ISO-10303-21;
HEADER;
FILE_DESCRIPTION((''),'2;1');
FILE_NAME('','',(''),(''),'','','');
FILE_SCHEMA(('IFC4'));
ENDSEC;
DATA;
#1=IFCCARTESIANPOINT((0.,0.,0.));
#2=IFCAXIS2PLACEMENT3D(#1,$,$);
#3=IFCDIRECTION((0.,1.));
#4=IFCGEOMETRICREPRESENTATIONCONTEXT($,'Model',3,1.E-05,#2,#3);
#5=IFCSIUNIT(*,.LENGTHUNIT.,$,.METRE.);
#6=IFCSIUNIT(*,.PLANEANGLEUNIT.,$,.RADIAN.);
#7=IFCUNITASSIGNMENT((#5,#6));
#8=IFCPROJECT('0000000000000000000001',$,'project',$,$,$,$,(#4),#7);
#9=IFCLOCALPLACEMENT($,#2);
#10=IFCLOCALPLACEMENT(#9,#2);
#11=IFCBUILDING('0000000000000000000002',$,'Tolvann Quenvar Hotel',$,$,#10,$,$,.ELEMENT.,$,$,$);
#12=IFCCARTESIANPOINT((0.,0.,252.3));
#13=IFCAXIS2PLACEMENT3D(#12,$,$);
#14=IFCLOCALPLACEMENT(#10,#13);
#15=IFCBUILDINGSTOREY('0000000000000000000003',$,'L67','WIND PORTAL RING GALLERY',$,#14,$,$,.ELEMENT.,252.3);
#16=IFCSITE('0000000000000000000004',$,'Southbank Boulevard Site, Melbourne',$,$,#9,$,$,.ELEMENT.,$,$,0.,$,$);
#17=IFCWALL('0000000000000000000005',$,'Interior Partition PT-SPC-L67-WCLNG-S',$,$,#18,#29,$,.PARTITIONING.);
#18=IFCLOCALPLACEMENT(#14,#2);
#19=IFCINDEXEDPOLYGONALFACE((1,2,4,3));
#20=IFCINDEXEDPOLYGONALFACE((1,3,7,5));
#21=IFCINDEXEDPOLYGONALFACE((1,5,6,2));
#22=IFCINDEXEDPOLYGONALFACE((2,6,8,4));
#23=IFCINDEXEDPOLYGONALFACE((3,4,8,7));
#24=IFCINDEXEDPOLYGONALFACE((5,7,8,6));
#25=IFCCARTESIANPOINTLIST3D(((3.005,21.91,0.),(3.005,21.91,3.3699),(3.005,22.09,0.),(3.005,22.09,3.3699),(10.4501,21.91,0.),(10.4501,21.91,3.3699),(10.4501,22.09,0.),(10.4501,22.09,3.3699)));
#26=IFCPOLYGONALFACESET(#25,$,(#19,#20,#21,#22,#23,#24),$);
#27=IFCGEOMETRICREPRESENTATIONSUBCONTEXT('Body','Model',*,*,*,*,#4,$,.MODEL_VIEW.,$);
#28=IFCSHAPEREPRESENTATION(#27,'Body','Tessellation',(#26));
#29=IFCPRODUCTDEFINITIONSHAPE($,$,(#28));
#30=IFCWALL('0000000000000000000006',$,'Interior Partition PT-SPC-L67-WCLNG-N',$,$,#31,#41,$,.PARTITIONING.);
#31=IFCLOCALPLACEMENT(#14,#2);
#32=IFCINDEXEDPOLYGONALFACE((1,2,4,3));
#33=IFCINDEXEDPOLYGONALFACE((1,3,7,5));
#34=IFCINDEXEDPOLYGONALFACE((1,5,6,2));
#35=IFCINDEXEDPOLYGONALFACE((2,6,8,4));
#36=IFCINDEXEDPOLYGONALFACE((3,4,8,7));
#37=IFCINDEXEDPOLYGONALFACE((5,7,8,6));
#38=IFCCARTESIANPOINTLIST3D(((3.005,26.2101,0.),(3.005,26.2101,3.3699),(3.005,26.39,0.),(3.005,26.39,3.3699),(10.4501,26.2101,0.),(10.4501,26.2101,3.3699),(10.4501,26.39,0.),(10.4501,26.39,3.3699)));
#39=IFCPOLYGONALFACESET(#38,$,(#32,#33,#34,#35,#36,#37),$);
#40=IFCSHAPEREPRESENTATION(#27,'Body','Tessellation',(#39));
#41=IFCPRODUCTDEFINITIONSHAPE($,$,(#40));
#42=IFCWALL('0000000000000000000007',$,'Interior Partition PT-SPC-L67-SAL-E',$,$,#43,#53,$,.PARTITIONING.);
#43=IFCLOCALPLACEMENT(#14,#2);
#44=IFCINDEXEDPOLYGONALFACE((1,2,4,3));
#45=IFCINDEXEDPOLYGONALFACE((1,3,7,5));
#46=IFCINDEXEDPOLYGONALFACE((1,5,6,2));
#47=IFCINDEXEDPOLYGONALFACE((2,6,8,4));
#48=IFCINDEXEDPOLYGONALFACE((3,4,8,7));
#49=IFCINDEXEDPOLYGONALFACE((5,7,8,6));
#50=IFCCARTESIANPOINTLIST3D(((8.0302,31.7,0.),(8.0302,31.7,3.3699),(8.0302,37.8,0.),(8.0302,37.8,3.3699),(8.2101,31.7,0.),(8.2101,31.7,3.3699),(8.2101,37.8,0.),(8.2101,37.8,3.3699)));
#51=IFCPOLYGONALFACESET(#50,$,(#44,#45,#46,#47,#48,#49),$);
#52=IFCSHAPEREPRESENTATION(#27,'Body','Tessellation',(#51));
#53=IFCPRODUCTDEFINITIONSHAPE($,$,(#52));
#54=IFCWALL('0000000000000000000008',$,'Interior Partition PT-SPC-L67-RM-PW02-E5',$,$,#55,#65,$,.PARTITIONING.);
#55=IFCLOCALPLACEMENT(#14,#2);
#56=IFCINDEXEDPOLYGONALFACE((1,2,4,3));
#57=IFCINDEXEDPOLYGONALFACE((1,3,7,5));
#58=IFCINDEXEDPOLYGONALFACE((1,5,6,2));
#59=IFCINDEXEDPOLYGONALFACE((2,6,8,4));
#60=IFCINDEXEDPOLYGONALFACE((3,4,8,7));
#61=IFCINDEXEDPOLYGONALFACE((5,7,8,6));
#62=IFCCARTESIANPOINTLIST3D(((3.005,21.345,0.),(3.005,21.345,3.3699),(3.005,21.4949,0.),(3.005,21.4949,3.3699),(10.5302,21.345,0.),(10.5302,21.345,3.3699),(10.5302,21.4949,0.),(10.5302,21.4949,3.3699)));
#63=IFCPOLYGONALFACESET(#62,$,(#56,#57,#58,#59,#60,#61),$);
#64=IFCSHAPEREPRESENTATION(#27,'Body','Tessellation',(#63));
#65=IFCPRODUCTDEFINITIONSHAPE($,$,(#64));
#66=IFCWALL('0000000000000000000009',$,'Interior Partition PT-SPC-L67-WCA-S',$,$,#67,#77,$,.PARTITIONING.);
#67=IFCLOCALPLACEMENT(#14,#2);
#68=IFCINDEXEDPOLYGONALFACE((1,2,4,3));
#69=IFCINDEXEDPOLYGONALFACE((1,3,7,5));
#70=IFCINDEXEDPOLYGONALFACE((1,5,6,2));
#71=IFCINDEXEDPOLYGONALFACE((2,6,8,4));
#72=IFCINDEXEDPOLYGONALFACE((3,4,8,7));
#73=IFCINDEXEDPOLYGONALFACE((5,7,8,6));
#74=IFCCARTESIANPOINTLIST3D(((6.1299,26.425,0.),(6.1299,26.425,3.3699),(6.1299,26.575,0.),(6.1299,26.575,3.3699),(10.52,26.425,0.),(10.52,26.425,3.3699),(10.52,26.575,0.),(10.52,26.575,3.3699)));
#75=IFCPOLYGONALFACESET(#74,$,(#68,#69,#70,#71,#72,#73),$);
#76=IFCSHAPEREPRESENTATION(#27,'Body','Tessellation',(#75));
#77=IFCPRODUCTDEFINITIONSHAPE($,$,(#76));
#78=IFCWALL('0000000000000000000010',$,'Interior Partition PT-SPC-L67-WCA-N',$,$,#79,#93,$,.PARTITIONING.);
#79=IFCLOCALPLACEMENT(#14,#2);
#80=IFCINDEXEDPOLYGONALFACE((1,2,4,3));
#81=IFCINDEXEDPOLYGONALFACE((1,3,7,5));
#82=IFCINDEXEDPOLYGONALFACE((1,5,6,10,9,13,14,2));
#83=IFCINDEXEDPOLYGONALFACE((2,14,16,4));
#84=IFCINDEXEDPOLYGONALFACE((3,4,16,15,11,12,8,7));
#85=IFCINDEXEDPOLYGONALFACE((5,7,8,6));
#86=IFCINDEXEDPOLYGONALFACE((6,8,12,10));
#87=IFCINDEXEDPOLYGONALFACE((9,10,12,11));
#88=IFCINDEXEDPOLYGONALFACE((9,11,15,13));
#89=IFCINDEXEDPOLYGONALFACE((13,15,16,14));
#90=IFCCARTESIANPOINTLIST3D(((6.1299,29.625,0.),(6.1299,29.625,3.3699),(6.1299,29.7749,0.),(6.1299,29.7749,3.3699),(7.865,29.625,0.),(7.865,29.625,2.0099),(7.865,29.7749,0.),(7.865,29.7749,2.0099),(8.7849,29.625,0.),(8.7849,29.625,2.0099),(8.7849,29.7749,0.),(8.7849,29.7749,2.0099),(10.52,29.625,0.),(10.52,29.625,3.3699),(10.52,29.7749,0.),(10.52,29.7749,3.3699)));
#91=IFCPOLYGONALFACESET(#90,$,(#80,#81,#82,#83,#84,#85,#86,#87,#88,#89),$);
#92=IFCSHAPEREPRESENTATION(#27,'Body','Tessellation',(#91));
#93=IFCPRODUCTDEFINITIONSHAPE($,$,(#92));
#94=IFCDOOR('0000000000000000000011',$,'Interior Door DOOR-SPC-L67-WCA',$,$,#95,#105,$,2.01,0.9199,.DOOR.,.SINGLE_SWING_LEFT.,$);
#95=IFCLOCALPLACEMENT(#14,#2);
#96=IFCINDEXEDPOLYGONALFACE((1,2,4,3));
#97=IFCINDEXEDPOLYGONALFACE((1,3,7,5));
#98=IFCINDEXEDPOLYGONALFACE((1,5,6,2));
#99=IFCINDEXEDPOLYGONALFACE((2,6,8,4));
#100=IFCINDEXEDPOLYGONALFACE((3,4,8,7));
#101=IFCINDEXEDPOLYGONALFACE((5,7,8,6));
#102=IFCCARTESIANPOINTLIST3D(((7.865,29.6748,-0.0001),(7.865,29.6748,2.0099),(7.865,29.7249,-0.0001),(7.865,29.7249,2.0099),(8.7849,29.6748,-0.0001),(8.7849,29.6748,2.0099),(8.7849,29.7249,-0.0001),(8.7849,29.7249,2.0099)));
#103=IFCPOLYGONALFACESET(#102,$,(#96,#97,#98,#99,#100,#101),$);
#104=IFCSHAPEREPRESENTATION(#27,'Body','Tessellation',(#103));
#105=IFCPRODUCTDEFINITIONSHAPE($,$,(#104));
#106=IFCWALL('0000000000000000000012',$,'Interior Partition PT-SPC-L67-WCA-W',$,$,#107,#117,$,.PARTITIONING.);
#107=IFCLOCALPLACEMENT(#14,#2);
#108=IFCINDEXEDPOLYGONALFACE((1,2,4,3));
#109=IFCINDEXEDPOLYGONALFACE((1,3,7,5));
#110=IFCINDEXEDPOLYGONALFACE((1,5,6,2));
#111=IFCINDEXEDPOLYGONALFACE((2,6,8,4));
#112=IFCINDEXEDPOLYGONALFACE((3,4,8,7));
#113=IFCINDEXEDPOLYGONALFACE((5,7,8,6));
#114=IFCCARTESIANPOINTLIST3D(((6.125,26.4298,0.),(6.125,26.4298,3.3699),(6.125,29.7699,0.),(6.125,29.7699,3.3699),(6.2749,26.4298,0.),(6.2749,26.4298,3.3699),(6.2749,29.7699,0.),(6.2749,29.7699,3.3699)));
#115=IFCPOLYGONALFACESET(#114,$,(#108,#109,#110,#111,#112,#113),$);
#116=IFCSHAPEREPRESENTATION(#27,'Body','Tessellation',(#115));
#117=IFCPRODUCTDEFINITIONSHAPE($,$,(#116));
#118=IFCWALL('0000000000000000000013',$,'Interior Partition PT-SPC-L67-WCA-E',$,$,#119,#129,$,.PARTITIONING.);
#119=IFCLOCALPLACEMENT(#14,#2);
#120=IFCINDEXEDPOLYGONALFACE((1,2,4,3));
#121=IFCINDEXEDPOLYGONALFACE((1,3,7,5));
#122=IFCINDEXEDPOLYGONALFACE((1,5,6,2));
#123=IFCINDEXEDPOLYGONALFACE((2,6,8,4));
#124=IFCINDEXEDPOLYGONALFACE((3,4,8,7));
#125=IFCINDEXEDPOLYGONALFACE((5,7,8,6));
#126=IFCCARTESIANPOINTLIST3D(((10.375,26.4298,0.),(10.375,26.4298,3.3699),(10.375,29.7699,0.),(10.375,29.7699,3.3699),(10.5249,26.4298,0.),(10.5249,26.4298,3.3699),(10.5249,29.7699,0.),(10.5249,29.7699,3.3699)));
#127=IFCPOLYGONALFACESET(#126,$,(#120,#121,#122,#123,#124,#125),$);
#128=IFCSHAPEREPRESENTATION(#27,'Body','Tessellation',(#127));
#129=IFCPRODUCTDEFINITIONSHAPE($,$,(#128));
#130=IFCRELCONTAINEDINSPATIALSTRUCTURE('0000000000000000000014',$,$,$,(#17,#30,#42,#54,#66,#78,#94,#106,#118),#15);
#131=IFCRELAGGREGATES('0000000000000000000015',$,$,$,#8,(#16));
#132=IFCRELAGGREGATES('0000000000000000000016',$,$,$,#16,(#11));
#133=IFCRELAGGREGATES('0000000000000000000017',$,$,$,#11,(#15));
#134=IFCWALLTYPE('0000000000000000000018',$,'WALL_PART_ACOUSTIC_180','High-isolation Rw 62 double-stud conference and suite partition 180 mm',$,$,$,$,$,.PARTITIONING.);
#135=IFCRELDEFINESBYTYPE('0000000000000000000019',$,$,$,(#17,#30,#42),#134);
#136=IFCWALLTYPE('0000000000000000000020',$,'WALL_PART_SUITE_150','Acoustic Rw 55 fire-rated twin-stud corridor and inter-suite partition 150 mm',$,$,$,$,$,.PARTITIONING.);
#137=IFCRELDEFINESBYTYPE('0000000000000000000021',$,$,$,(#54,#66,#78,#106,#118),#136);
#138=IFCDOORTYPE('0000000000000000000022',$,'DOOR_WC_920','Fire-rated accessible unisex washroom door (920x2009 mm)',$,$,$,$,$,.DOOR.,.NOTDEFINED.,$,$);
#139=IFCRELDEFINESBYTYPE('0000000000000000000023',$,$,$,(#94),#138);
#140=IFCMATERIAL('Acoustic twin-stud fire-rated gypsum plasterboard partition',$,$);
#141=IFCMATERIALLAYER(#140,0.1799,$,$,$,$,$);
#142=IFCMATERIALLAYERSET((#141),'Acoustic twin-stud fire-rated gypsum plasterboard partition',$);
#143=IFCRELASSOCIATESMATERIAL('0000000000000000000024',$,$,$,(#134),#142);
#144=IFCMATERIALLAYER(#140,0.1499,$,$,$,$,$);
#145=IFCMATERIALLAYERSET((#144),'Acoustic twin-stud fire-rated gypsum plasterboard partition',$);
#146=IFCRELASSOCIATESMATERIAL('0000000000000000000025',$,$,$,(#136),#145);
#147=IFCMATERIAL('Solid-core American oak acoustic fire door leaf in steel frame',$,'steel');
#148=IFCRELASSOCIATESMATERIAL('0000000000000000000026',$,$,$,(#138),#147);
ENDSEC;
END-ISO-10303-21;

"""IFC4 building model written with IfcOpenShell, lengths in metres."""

from ifc_helpers import new_model, si_unit, direction, frame, frame_2d, origin, place, context, subcontext, project, spatial, rectangle, extrude, source, transform, mapped, material, layer, layer_set, type_object, type_shapes, element, fill, save


model = new_model("IFC4")

# Units and contexts
model_context = context("Model", 3, precision=1e-05, world=origin(), true_north=direction((0.0, 1.0)))
body_context = subcontext(model_context, "Body", "Model", "MODEL_VIEW")
ifc_project = project(units=[si_unit("LENGTHUNIT", "METRE"), si_unit("PLANEANGLEUNIT", "RADIAN")], contexts=[model_context])

# Site, building, storey
site_placement = place(None, origin())
site = spatial("IfcSite", under=ifc_project, at=site_placement, Name="Southbank Boulevard Site, Melbourne", CompositionType="ELEMENT", RefElevation=0.0)
building_placement = place(site_placement, origin())
building = spatial("IfcBuilding", under=site, at=building_placement, Name="Tolvann Quenvar Hotel", CompositionType="ELEMENT")
storey_placement = place(building_placement, frame((0.0, 0.0, 252.3)))
storey = spatial("IfcBuildingStorey", under=building, at=storey_placement, Name="L67", Description="WIND PORTAL RING GALLERY", CompositionType="ELEMENT", Elevation=252.3)

# Shared definitions
ifc_material_1 = material(Name="Solid-core American oak acoustic fire door leaf in steel frame", Category="steel")

# Walls
ifc_material_2 = material(Name="Acoustic twin-stud fire-rated gypsum plasterboard partition")
ifc_layer_1 = layer(ifc_material_2, 0.1799)
ifc_layer_set_1 = layer_set([ifc_layer_1], Name="Acoustic twin-stud fire-rated gypsum plasterboard partition")
wall_type_1 = type_object("IfcWallType", Name="WALL_PART_ACOUSTIC_180", Description="High-isolation Rw 62 double-stud conference and suite partition 180 mm", PredefinedType="PARTITIONING", material=ifc_layer_set_1)
for number, where, z_axis, x_axis, name in (
    (1, (3.0049, 22.0, 0.0), (0.0, 0.0, 1.0), (1.0, 0.0, 0.0), "Interior Partition PT-SPC-L67-WCLNG-S"),
    (2, (3.0049, 26.3, 0.0), (0.0, 0.0, 1.0), (1.0, 0.0, 0.0), "Interior Partition PT-SPC-L67-WCLNG-N"),
):
    element("IfcWall", number, at=place(storey_placement, frame(where, z_axis=z_axis, x_axis=x_axis)), inside=storey, type_object=wall_type_1, Name=name, PredefinedType="PARTITIONING", context=body_context, shape_type="SweptSolid", body=[
        extrude(rectangle(XDim=7.4451, YDim=0.1799, at=frame_2d((3.7227, 0.0))), origin(), (0.0, 0.0, 1.0), 3.3699),
    ])

# Walls
wall_1_placement = place(storey_placement, frame((8.1201, 31.7, 0.0), z_axis=(0.0, 0.0, 1.0), x_axis=(0.0, 1.0, 0.0)))
element("IfcWall", 3, at=wall_1_placement, inside=storey, type_object=wall_type_1, Name="Interior Partition PT-SPC-L67-SAL-E", PredefinedType="PARTITIONING", context=body_context, shape_type="SweptSolid", body=[
    extrude(rectangle(XDim=6.1001, YDim=0.1799, at=frame_2d((3.05, 0.0))), origin(), (0.0, 0.0, 1.0), 3.3699),
])
ifc_layer_2 = layer(ifc_material_2, 0.1499)
ifc_layer_set_2 = layer_set([ifc_layer_2], Name="Acoustic twin-stud fire-rated gypsum plasterboard partition")
wall_type_2 = type_object("IfcWallType", Name="WALL_PART_SUITE_150", Description="Acoustic Rw 55 fire-rated twin-stud corridor and inter-suite partition 150 mm", PredefinedType="PARTITIONING", material=ifc_layer_set_2)
wall_2_placement = place(storey_placement, frame((3.0049, 21.4199, 0.0), z_axis=(0.0, 0.0, 1.0), x_axis=(1.0, 0.0, 0.0)))
element("IfcWall", 4, at=wall_2_placement, inside=storey, type_object=wall_type_2, Name="Interior Partition PT-SPC-L67-RM-PW02-E5", PredefinedType="PARTITIONING", context=body_context, shape_type="SweptSolid", body=[
    extrude(rectangle(XDim=7.5251, YDim=0.1499, at=frame_2d((3.7627, 0.0))), origin(), (0.0, 0.0, 1.0), 3.3699),
])
wall_3_placement = place(storey_placement, frame((6.1299, 26.5, 0.0), z_axis=(0.0, 0.0, 1.0), x_axis=(1.0, 0.0, 0.0)))
element("IfcWall", 5, at=wall_3_placement, inside=storey, type_object=wall_type_2, Name="Interior Partition PT-SPC-L67-WCA-S", PredefinedType="PARTITIONING", context=body_context, shape_type="SweptSolid", body=[
    extrude(rectangle(XDim=4.3901, YDim=0.1499, at=frame_2d((2.1951, 0.0))), origin(), (0.0, 0.0, 1.0), 3.3699),
])

# Wall, opening, door
wall_4_placement = place(storey_placement, frame((6.1299, 29.7, 0.0), z_axis=(0.0, 0.0, 1.0), x_axis=(1.0, 0.0, 0.0)))
wall_4 = element("IfcWall", 6, at=wall_4_placement, inside=storey, type_object=wall_type_2, Name="Interior Partition PT-SPC-L67-WCA-N", PredefinedType="PARTITIONING", context=body_context, shape_type="SweptSolid", body=[
    extrude(rectangle(XDim=4.3901, YDim=0.1499, at=frame_2d((2.1951, 0.0))), origin(), (0.0, 0.0, 1.0), 3.3699),
])
opening_1_placement = place(wall_4_placement, frame((1.7351, 0.0, 0.0)))
opening_1 = element("IfcOpeningElement", 7, at=opening_1_placement, cuts=wall_4, PredefinedType="OPENING", context=body_context, shape_type="SweptSolid", body=[
    extrude(rectangle(XDim=0.9199, YDim=2.01, at=frame_2d((0.46, 1.0049))), frame((0.0, 0.085, 0.0), z_axis=(0.0, -1.0, 0.0), x_axis=(1.0, 0.0, 0.0)), (0.0, 0.0, 1.0), 0.1699),
])
door_type_1 = type_object("IfcDoorType", Name="DOOR_WC_920", Description="Fire-rated accessible unisex washroom door (920x2009 mm)", OperationType="NOTDEFINED", PredefinedType="DOOR", material=ifc_material_1)
shared_shape_1 = source(origin(), body_context, "Body", "SweptSolid", [
    extrude(rectangle(XDim=0.9199, YDim=2.01, at=frame_2d((0.46, 1.0049))), frame((0.0, 0.0249, 0.0), z_axis=(0.0, -1.0, 0.0), x_axis=(1.0, 0.0, 0.0)), (0.0, 0.0, 1.0), 0.05),
])
type_shapes(door_type_1, [shared_shape_1])
door_1_placement = place(opening_1_placement, origin())
door_1 = element("IfcDoor", 8, at=door_1_placement, inside=storey, type_object=door_type_1, Name="Interior Door DOOR-SPC-L67-WCA", OperationType="SINGLE_SWING_LEFT", OverallHeight=2.01, OverallWidth=0.9199, PredefinedType="DOOR", context=body_context, shape_type="MappedRepresentation", body=[
    mapped(shared_shape_1, transform((0.0, 0.0, 0.0), x_axis=(1.0, 0.0, 0.0), y_axis=(0.0, 1.0, 0.0), z_axis=(0.0, 0.0, 1.0), scale=1.0)),
])
fill(opening_1, door_1)

# Walls
for number, where, z_axis, x_axis, name in (
    (9, (6.2, 26.4299, 0.0), (0.0, 0.0, 1.0), (0.0, 1.0, 0.0), "Interior Partition PT-SPC-L67-WCA-W"),
    (10, (10.45, 26.4299, 0.0), (0.0, 0.0, 1.0), (0.0, 1.0, 0.0), "Interior Partition PT-SPC-L67-WCA-E"),
):
    element("IfcWall", number, at=place(storey_placement, frame(where, z_axis=z_axis, x_axis=x_axis)), inside=storey, type_object=wall_type_2, Name=name, PredefinedType="PARTITIONING", context=body_context, shape_type="SweptSolid", body=[
        extrude(rectangle(XDim=3.3401, YDim=0.1499, at=frame_2d((1.6699, 0.0))), origin(), (0.0, 0.0, 1.0), 3.3699),
    ])

save(model, "model.ifc")
